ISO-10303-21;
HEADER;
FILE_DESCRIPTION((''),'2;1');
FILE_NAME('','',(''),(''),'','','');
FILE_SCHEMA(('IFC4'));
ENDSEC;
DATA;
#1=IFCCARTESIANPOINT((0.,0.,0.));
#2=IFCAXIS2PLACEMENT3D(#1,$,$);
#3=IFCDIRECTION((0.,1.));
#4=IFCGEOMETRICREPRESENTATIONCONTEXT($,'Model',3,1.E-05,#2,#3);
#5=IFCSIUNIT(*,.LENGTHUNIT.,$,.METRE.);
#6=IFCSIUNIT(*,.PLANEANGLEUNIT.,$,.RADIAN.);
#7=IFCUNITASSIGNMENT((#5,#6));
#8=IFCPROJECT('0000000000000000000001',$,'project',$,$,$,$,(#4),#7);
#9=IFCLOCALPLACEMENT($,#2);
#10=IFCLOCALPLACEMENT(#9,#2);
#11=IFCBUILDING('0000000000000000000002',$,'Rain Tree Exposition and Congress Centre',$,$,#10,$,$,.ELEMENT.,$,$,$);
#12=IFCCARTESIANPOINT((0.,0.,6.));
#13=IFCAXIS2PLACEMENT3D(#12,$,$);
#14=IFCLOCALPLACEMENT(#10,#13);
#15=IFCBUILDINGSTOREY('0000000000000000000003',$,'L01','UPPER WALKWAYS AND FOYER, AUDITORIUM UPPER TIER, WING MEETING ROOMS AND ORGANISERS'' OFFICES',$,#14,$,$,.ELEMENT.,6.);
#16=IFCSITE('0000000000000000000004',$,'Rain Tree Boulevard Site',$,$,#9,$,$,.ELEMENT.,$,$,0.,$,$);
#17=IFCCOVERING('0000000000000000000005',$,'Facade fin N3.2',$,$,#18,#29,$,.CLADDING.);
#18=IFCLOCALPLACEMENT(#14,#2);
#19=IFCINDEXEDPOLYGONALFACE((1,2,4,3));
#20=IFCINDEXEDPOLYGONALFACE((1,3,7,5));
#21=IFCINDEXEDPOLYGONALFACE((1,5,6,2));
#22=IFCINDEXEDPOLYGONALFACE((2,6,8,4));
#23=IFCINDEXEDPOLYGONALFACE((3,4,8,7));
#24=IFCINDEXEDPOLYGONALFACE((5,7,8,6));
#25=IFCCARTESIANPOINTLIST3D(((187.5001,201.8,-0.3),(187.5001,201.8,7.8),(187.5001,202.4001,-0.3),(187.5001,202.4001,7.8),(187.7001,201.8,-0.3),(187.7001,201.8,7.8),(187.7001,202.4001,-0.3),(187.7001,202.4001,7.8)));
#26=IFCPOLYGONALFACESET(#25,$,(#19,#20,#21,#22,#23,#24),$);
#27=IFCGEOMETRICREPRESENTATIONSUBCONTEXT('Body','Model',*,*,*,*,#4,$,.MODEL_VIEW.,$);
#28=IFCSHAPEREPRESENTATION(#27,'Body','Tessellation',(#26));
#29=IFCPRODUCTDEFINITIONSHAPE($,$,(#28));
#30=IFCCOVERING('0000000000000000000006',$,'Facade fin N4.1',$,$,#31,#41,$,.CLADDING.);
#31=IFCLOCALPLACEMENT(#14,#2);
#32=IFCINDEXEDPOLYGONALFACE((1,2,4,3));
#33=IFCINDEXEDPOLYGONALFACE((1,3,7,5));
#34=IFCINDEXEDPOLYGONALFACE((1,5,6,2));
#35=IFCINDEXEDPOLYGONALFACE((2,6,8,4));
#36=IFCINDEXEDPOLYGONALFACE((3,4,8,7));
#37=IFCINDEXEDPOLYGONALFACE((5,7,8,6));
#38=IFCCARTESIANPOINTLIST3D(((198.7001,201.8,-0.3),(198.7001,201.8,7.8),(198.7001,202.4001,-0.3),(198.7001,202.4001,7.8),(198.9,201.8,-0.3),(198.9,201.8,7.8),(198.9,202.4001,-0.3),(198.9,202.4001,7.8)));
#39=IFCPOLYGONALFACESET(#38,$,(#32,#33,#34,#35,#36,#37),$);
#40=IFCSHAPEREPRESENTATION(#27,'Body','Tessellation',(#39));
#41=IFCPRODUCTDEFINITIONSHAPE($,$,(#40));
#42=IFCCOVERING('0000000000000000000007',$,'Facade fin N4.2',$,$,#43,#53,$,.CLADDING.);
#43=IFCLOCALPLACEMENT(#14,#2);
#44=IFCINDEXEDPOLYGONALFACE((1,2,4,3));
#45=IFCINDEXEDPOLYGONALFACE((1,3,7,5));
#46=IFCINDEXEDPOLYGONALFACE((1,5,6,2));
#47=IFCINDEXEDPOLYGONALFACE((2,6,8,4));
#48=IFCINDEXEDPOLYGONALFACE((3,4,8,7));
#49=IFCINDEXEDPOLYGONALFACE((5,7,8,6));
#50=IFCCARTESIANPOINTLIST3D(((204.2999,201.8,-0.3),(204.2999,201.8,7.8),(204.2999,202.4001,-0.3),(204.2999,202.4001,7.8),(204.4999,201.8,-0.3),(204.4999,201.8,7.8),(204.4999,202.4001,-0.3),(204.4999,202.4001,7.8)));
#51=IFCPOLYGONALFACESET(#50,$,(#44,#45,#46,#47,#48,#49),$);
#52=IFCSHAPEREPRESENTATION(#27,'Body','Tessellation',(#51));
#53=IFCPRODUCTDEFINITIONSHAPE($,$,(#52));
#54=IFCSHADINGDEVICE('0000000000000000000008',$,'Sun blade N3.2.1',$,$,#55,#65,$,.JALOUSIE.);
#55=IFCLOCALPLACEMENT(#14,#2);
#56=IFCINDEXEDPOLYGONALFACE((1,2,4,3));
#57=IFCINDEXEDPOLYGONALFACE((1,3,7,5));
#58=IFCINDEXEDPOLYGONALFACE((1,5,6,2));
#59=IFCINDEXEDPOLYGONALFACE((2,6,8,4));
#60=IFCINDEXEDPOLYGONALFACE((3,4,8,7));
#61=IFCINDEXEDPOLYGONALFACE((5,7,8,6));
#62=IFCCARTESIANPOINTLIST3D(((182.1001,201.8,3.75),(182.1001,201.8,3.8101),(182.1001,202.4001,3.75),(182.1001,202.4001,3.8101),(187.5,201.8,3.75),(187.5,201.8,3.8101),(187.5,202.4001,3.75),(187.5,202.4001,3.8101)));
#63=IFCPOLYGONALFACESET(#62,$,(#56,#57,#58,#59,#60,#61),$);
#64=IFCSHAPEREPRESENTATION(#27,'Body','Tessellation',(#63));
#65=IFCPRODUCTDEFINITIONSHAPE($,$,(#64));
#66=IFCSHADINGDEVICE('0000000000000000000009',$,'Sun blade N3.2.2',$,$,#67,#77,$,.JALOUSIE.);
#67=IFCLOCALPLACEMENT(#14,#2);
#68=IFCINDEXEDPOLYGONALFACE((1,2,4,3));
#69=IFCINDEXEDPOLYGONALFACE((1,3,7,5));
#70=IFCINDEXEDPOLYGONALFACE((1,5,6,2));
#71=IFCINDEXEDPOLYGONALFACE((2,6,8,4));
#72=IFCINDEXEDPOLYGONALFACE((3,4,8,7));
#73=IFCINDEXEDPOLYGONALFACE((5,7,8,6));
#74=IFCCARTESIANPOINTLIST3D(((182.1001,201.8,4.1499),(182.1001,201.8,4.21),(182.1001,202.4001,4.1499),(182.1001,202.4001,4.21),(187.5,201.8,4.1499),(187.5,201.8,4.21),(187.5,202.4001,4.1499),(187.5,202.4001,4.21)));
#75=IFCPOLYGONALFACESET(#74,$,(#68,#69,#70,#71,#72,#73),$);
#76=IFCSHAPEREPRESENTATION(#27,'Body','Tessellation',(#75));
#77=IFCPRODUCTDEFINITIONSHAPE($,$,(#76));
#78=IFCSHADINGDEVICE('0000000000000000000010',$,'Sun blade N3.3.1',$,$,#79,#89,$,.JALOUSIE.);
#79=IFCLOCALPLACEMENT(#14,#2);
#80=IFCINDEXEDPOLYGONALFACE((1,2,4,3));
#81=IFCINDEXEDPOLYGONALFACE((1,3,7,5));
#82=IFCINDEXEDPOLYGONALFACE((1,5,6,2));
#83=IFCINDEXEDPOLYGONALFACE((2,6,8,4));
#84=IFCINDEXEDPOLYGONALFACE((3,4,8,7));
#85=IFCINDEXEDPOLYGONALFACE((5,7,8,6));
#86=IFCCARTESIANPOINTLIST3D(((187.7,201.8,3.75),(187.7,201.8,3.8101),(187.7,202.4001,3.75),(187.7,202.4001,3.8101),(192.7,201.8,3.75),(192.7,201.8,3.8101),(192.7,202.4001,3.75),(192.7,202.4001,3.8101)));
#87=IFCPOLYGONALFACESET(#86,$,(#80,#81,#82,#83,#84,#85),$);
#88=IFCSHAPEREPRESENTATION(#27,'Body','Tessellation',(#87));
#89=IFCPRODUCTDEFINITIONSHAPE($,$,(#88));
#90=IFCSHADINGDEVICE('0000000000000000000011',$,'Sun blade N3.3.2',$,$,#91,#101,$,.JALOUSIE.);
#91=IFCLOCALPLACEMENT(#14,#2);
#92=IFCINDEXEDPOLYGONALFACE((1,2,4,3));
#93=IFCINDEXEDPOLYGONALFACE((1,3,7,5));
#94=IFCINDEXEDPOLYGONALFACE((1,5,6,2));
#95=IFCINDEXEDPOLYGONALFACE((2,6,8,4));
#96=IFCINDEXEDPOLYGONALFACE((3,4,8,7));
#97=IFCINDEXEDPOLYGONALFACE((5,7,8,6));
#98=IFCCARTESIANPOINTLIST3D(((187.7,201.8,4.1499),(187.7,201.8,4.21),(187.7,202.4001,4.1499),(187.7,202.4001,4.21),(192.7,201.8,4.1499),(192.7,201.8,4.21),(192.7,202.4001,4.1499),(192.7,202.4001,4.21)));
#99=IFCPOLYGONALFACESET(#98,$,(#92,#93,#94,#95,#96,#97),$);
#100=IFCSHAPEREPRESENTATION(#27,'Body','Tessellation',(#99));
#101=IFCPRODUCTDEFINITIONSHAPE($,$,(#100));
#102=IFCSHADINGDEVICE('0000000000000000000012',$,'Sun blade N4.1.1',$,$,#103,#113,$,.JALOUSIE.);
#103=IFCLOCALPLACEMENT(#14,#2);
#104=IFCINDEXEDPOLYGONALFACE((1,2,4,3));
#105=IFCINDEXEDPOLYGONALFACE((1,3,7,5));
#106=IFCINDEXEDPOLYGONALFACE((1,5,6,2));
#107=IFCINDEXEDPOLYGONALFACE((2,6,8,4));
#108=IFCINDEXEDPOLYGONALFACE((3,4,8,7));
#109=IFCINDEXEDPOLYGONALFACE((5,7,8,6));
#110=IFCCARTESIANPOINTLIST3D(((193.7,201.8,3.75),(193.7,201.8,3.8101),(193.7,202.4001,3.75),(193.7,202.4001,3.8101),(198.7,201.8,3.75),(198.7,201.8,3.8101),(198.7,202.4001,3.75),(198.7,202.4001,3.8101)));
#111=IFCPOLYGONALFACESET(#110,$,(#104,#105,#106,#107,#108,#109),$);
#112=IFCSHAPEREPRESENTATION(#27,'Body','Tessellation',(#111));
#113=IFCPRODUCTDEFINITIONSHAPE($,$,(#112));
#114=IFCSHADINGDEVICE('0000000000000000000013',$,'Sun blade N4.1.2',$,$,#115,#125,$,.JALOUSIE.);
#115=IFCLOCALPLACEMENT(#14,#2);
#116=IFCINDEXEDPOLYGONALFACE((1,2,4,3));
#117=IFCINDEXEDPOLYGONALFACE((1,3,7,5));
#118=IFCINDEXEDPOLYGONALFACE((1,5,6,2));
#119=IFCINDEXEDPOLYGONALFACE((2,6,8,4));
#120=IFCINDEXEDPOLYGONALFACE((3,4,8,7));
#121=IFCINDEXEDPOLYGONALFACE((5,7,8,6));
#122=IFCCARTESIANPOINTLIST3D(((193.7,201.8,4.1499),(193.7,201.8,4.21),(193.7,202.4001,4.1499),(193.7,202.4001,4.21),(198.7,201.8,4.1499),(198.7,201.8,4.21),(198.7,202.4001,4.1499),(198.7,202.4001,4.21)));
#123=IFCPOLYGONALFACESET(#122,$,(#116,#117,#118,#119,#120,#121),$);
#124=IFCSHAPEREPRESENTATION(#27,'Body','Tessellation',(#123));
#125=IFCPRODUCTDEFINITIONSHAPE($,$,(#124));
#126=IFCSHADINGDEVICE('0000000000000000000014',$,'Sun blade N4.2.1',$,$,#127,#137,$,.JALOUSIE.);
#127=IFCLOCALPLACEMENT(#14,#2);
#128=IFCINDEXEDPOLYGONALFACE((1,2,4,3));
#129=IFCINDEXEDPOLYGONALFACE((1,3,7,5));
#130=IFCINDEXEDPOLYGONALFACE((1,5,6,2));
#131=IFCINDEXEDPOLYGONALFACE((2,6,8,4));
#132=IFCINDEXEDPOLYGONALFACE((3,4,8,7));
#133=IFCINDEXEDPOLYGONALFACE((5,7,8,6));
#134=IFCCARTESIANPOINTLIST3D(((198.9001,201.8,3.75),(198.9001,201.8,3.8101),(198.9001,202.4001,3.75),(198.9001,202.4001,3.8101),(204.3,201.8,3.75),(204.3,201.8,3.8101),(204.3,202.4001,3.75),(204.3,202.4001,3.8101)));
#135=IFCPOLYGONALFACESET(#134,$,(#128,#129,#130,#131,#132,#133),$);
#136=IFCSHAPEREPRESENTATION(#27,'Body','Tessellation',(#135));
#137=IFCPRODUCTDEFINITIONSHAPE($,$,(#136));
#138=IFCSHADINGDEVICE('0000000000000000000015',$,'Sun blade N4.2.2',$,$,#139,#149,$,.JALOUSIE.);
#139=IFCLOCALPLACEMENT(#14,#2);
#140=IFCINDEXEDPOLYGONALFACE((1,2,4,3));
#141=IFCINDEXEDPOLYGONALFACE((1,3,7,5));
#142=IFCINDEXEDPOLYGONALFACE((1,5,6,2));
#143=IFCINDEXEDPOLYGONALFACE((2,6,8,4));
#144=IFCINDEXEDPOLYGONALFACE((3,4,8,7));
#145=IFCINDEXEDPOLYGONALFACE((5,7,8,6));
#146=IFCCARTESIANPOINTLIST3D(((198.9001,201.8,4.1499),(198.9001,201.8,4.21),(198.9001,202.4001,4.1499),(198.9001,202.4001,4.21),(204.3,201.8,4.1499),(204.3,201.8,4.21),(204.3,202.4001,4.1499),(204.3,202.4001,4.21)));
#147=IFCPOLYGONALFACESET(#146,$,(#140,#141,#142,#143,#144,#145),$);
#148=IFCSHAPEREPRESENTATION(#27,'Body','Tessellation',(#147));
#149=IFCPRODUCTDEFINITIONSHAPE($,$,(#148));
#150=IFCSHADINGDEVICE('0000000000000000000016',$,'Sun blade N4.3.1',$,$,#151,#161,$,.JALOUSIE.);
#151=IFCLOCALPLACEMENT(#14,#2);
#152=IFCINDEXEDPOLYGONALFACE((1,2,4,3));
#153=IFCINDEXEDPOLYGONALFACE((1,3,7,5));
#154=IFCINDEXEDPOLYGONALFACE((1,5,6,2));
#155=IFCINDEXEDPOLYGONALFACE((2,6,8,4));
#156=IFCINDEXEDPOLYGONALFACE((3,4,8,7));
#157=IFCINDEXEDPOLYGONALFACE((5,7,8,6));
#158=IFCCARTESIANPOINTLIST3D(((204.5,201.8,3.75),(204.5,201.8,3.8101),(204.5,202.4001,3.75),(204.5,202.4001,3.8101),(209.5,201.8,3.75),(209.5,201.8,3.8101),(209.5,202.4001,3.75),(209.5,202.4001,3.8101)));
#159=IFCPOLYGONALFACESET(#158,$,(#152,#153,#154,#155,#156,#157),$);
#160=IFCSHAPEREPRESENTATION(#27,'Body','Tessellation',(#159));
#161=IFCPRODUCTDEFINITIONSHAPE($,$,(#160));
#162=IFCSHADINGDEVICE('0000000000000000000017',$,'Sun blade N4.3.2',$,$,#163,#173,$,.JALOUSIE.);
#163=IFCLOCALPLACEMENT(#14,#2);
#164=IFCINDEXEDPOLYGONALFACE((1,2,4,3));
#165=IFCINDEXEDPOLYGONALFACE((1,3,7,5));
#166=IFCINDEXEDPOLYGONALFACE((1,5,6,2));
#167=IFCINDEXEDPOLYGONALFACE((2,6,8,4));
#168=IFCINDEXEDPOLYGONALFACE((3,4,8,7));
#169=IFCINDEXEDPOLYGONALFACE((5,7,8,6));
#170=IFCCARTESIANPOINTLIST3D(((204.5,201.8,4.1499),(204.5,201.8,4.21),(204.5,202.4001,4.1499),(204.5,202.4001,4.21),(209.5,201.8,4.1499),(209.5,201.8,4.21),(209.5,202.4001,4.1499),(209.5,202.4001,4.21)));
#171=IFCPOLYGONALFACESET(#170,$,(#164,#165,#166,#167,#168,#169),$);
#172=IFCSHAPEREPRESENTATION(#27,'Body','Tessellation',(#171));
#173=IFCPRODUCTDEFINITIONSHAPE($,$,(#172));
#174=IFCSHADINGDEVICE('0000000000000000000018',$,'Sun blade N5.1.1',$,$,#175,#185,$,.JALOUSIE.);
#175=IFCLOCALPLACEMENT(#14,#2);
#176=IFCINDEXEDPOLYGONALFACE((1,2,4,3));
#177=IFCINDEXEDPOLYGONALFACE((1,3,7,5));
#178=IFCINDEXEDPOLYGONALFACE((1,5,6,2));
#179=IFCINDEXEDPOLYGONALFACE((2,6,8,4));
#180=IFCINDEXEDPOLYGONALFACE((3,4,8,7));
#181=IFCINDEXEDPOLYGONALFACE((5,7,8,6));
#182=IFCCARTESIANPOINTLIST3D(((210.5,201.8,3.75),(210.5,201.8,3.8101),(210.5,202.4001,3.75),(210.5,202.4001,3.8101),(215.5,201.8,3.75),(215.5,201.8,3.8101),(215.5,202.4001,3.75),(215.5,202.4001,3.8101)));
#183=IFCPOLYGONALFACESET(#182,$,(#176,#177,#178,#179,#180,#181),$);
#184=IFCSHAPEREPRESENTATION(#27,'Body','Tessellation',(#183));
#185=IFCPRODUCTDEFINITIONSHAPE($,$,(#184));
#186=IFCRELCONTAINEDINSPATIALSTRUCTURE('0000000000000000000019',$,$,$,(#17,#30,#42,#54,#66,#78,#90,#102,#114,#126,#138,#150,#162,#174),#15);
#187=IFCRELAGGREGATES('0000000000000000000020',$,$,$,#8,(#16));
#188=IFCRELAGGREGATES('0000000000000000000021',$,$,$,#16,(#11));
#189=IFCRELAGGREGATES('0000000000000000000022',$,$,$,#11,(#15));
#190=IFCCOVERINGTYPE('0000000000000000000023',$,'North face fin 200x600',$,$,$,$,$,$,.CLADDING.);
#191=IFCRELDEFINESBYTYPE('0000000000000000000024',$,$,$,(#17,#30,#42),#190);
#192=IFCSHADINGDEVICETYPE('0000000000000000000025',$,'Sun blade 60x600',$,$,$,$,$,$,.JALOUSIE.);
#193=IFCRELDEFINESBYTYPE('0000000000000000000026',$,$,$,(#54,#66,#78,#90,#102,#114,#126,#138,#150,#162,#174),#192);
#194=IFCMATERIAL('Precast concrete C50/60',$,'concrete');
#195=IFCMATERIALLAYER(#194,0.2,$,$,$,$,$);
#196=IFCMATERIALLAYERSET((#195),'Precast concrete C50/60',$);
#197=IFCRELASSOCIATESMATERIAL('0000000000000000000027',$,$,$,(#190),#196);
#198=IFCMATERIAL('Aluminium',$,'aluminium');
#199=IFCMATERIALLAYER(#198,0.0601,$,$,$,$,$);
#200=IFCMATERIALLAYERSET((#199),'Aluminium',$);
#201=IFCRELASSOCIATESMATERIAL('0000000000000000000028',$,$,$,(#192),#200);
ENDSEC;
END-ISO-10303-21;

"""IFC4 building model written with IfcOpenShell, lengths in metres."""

from ifc_helpers import new_model, si_unit, direction, frame, origin, origin_2d, place, context, subcontext, project, spatial, rectangle, extrude, material, layer, layer_set, type_object, element, save


model = new_model("IFC4")

# Units and contexts
model_context = context("Model", 3, precision=1e-05, world=origin(), true_north=direction((0.0, 1.0)))
body_context = subcontext(model_context, "Body", "Model", "MODEL_VIEW")
ifc_project = project(units=[si_unit("LENGTHUNIT", "METRE"), si_unit("PLANEANGLEUNIT", "RADIAN")], contexts=[model_context])

# Site, building, storey
site_placement = place(None, origin())
site = spatial("IfcSite", under=ifc_project, at=site_placement, Name="Rain Tree Boulevard Site", CompositionType="ELEMENT", RefElevation=0.0)
building_placement = place(site_placement, origin())
building = spatial("IfcBuilding", under=site, at=building_placement, Name="Rain Tree Exposition and Congress Centre", CompositionType="ELEMENT")
storey_placement = place(building_placement, frame((0.0, 0.0, 6.0)))
storey = spatial("IfcBuildingStorey", under=building, at=storey_placement, Name="L01", Description="UPPER WALKWAYS AND FOYER, AUDITORIUM UPPER TIER, WING MEETING ROOMS AND ORGANISERS' OFFICES", CompositionType="ELEMENT", Elevation=6.0)

# Coverings
ifc_material_1 = material(Name="Precast concrete C50/60", Category="concrete")
ifc_layer_1 = layer(ifc_material_1, 0.2)
ifc_layer_set_1 = layer_set([ifc_layer_1], Name="Precast concrete C50/60")
covering_type = type_object("IfcCoveringType", Name="North face fin 200x600", PredefinedType="CLADDING", material=ifc_layer_set_1)
for number, where, z_axis, x_axis, name in (
    (1, (187.6001, 202.1001, -0.3), (0.0, 0.0, 1.0), (1.0, 0.0, 0.0), "Facade fin N3.2"),
    (2, (198.8, 202.1001, -0.3), (0.0, 0.0, 1.0), (1.0, 0.0, 0.0), "Facade fin N4.1"),
    (3, (204.3999, 202.1001, -0.3), (0.0, 0.0, 1.0), (1.0, 0.0, 0.0), "Facade fin N4.2"),
):
    element("IfcCovering", number, at=place(storey_placement, frame(where, z_axis=z_axis, x_axis=x_axis)), inside=storey, type_object=covering_type, Name=name, PredefinedType="CLADDING", context=body_context, shape_type="SweptSolid", body=[
        extrude(rectangle(XDim=0.2, YDim=0.6001, at=origin_2d()), origin(), (0.0, 0.0, 1.0), 8.1001),
    ])

# Shading devices
ifc_material_2 = material(Name="Aluminium", Category="aluminium")
ifc_layer_2 = layer(ifc_material_2, 0.0601)
ifc_layer_set_2 = layer_set([ifc_layer_2], Name="Aluminium")
shading_device_type = type_object("IfcShadingDeviceType", Name="Sun blade 60x600", PredefinedType="JALOUSIE", material=ifc_layer_set_2)
for number, where, z_axis, x_axis, name in (
    (4, (184.8, 202.1001, 3.75), (0.0, 0.0, 1.0), (1.0, 0.0, 0.0), "Sun blade N3.2.1"),
    (5, (184.8, 202.1001, 4.1499), (0.0, 0.0, 1.0), (1.0, 0.0, 0.0), "Sun blade N3.2.2"),
):
    element("IfcShadingDevice", number, at=place(storey_placement, frame(where, z_axis=z_axis, x_axis=x_axis)), inside=storey, type_object=shading_device_type, Name=name, PredefinedType="JALOUSIE", context=body_context, shape_type="SweptSolid", body=[
        extrude(rectangle(XDim=5.3999, YDim=0.6001, at=origin_2d()), origin(), (0.0, 0.0, 1.0), 0.0601),
    ])
for number, where, z_axis, x_axis, name in (
    (6, (190.2, 202.1001, 3.75), (0.0, 0.0, 1.0), (1.0, 0.0, 0.0), "Sun blade N3.3.1"),
    (7, (190.2, 202.1001, 4.1499), (0.0, 0.0, 1.0), (1.0, 0.0, 0.0), "Sun blade N3.3.2"),
    (8, (196.2, 202.1001, 3.75), (0.0, 0.0, 1.0), (1.0, 0.0, 0.0), "Sun blade N4.1.1"),
    (9, (196.2, 202.1001, 4.1499), (0.0, 0.0, 1.0), (1.0, 0.0, 0.0), "Sun blade N4.1.2"),
):
    element("IfcShadingDevice", number, at=place(storey_placement, frame(where, z_axis=z_axis, x_axis=x_axis)), inside=storey, type_object=shading_device_type, Name=name, PredefinedType="JALOUSIE", context=body_context, shape_type="SweptSolid", body=[
        extrude(rectangle(XDim=5.0, YDim=0.6001, at=origin_2d()), origin(), (0.0, 0.0, 1.0), 0.0601),
    ])
for number, where, z_axis, x_axis, name in (
    (10, (201.6001, 202.1001, 3.75), (0.0, 0.0, 1.0), (1.0, 0.0, 0.0), "Sun blade N4.2.1"),
    (11, (201.6001, 202.1001, 4.1499), (0.0, 0.0, 1.0), (1.0, 0.0, 0.0), "Sun blade N4.2.2"),
):
    element("IfcShadingDevice", number, at=place(storey_placement, frame(where, z_axis=z_axis, x_axis=x_axis)), inside=storey, type_object=shading_device_type, Name=name, PredefinedType="JALOUSIE", context=body_context, shape_type="SweptSolid", body=[
        extrude(rectangle(XDim=5.3999, YDim=0.6001, at=origin_2d()), origin(), (0.0, 0.0, 1.0), 0.0601),
    ])
for number, where, z_axis, x_axis, name in (
    (12, (207.0, 202.1001, 3.75), (0.0, 0.0, 1.0), (1.0, 0.0, 0.0), "Sun blade N4.3.1"),
    (13, (207.0, 202.1001, 4.1499), (0.0, 0.0, 1.0), (1.0, 0.0, 0.0), "Sun blade N4.3.2"),
    (14, (213.0, 202.1001, 3.75), (0.0, 0.0, 1.0), (1.0, 0.0, 0.0), "Sun blade N5.1.1"),
):
    element("IfcShadingDevice", number, at=place(storey_placement, frame(where, z_axis=z_axis, x_axis=x_axis)), inside=storey, type_object=shading_device_type, Name=name, PredefinedType="JALOUSIE", context=body_context, shape_type="SweptSolid", body=[
        extrude(rectangle(XDim=5.0, YDim=0.6001, at=origin_2d()), origin(), (0.0, 0.0, 1.0), 0.0601),
    ])

save(model, "model.ifc")
